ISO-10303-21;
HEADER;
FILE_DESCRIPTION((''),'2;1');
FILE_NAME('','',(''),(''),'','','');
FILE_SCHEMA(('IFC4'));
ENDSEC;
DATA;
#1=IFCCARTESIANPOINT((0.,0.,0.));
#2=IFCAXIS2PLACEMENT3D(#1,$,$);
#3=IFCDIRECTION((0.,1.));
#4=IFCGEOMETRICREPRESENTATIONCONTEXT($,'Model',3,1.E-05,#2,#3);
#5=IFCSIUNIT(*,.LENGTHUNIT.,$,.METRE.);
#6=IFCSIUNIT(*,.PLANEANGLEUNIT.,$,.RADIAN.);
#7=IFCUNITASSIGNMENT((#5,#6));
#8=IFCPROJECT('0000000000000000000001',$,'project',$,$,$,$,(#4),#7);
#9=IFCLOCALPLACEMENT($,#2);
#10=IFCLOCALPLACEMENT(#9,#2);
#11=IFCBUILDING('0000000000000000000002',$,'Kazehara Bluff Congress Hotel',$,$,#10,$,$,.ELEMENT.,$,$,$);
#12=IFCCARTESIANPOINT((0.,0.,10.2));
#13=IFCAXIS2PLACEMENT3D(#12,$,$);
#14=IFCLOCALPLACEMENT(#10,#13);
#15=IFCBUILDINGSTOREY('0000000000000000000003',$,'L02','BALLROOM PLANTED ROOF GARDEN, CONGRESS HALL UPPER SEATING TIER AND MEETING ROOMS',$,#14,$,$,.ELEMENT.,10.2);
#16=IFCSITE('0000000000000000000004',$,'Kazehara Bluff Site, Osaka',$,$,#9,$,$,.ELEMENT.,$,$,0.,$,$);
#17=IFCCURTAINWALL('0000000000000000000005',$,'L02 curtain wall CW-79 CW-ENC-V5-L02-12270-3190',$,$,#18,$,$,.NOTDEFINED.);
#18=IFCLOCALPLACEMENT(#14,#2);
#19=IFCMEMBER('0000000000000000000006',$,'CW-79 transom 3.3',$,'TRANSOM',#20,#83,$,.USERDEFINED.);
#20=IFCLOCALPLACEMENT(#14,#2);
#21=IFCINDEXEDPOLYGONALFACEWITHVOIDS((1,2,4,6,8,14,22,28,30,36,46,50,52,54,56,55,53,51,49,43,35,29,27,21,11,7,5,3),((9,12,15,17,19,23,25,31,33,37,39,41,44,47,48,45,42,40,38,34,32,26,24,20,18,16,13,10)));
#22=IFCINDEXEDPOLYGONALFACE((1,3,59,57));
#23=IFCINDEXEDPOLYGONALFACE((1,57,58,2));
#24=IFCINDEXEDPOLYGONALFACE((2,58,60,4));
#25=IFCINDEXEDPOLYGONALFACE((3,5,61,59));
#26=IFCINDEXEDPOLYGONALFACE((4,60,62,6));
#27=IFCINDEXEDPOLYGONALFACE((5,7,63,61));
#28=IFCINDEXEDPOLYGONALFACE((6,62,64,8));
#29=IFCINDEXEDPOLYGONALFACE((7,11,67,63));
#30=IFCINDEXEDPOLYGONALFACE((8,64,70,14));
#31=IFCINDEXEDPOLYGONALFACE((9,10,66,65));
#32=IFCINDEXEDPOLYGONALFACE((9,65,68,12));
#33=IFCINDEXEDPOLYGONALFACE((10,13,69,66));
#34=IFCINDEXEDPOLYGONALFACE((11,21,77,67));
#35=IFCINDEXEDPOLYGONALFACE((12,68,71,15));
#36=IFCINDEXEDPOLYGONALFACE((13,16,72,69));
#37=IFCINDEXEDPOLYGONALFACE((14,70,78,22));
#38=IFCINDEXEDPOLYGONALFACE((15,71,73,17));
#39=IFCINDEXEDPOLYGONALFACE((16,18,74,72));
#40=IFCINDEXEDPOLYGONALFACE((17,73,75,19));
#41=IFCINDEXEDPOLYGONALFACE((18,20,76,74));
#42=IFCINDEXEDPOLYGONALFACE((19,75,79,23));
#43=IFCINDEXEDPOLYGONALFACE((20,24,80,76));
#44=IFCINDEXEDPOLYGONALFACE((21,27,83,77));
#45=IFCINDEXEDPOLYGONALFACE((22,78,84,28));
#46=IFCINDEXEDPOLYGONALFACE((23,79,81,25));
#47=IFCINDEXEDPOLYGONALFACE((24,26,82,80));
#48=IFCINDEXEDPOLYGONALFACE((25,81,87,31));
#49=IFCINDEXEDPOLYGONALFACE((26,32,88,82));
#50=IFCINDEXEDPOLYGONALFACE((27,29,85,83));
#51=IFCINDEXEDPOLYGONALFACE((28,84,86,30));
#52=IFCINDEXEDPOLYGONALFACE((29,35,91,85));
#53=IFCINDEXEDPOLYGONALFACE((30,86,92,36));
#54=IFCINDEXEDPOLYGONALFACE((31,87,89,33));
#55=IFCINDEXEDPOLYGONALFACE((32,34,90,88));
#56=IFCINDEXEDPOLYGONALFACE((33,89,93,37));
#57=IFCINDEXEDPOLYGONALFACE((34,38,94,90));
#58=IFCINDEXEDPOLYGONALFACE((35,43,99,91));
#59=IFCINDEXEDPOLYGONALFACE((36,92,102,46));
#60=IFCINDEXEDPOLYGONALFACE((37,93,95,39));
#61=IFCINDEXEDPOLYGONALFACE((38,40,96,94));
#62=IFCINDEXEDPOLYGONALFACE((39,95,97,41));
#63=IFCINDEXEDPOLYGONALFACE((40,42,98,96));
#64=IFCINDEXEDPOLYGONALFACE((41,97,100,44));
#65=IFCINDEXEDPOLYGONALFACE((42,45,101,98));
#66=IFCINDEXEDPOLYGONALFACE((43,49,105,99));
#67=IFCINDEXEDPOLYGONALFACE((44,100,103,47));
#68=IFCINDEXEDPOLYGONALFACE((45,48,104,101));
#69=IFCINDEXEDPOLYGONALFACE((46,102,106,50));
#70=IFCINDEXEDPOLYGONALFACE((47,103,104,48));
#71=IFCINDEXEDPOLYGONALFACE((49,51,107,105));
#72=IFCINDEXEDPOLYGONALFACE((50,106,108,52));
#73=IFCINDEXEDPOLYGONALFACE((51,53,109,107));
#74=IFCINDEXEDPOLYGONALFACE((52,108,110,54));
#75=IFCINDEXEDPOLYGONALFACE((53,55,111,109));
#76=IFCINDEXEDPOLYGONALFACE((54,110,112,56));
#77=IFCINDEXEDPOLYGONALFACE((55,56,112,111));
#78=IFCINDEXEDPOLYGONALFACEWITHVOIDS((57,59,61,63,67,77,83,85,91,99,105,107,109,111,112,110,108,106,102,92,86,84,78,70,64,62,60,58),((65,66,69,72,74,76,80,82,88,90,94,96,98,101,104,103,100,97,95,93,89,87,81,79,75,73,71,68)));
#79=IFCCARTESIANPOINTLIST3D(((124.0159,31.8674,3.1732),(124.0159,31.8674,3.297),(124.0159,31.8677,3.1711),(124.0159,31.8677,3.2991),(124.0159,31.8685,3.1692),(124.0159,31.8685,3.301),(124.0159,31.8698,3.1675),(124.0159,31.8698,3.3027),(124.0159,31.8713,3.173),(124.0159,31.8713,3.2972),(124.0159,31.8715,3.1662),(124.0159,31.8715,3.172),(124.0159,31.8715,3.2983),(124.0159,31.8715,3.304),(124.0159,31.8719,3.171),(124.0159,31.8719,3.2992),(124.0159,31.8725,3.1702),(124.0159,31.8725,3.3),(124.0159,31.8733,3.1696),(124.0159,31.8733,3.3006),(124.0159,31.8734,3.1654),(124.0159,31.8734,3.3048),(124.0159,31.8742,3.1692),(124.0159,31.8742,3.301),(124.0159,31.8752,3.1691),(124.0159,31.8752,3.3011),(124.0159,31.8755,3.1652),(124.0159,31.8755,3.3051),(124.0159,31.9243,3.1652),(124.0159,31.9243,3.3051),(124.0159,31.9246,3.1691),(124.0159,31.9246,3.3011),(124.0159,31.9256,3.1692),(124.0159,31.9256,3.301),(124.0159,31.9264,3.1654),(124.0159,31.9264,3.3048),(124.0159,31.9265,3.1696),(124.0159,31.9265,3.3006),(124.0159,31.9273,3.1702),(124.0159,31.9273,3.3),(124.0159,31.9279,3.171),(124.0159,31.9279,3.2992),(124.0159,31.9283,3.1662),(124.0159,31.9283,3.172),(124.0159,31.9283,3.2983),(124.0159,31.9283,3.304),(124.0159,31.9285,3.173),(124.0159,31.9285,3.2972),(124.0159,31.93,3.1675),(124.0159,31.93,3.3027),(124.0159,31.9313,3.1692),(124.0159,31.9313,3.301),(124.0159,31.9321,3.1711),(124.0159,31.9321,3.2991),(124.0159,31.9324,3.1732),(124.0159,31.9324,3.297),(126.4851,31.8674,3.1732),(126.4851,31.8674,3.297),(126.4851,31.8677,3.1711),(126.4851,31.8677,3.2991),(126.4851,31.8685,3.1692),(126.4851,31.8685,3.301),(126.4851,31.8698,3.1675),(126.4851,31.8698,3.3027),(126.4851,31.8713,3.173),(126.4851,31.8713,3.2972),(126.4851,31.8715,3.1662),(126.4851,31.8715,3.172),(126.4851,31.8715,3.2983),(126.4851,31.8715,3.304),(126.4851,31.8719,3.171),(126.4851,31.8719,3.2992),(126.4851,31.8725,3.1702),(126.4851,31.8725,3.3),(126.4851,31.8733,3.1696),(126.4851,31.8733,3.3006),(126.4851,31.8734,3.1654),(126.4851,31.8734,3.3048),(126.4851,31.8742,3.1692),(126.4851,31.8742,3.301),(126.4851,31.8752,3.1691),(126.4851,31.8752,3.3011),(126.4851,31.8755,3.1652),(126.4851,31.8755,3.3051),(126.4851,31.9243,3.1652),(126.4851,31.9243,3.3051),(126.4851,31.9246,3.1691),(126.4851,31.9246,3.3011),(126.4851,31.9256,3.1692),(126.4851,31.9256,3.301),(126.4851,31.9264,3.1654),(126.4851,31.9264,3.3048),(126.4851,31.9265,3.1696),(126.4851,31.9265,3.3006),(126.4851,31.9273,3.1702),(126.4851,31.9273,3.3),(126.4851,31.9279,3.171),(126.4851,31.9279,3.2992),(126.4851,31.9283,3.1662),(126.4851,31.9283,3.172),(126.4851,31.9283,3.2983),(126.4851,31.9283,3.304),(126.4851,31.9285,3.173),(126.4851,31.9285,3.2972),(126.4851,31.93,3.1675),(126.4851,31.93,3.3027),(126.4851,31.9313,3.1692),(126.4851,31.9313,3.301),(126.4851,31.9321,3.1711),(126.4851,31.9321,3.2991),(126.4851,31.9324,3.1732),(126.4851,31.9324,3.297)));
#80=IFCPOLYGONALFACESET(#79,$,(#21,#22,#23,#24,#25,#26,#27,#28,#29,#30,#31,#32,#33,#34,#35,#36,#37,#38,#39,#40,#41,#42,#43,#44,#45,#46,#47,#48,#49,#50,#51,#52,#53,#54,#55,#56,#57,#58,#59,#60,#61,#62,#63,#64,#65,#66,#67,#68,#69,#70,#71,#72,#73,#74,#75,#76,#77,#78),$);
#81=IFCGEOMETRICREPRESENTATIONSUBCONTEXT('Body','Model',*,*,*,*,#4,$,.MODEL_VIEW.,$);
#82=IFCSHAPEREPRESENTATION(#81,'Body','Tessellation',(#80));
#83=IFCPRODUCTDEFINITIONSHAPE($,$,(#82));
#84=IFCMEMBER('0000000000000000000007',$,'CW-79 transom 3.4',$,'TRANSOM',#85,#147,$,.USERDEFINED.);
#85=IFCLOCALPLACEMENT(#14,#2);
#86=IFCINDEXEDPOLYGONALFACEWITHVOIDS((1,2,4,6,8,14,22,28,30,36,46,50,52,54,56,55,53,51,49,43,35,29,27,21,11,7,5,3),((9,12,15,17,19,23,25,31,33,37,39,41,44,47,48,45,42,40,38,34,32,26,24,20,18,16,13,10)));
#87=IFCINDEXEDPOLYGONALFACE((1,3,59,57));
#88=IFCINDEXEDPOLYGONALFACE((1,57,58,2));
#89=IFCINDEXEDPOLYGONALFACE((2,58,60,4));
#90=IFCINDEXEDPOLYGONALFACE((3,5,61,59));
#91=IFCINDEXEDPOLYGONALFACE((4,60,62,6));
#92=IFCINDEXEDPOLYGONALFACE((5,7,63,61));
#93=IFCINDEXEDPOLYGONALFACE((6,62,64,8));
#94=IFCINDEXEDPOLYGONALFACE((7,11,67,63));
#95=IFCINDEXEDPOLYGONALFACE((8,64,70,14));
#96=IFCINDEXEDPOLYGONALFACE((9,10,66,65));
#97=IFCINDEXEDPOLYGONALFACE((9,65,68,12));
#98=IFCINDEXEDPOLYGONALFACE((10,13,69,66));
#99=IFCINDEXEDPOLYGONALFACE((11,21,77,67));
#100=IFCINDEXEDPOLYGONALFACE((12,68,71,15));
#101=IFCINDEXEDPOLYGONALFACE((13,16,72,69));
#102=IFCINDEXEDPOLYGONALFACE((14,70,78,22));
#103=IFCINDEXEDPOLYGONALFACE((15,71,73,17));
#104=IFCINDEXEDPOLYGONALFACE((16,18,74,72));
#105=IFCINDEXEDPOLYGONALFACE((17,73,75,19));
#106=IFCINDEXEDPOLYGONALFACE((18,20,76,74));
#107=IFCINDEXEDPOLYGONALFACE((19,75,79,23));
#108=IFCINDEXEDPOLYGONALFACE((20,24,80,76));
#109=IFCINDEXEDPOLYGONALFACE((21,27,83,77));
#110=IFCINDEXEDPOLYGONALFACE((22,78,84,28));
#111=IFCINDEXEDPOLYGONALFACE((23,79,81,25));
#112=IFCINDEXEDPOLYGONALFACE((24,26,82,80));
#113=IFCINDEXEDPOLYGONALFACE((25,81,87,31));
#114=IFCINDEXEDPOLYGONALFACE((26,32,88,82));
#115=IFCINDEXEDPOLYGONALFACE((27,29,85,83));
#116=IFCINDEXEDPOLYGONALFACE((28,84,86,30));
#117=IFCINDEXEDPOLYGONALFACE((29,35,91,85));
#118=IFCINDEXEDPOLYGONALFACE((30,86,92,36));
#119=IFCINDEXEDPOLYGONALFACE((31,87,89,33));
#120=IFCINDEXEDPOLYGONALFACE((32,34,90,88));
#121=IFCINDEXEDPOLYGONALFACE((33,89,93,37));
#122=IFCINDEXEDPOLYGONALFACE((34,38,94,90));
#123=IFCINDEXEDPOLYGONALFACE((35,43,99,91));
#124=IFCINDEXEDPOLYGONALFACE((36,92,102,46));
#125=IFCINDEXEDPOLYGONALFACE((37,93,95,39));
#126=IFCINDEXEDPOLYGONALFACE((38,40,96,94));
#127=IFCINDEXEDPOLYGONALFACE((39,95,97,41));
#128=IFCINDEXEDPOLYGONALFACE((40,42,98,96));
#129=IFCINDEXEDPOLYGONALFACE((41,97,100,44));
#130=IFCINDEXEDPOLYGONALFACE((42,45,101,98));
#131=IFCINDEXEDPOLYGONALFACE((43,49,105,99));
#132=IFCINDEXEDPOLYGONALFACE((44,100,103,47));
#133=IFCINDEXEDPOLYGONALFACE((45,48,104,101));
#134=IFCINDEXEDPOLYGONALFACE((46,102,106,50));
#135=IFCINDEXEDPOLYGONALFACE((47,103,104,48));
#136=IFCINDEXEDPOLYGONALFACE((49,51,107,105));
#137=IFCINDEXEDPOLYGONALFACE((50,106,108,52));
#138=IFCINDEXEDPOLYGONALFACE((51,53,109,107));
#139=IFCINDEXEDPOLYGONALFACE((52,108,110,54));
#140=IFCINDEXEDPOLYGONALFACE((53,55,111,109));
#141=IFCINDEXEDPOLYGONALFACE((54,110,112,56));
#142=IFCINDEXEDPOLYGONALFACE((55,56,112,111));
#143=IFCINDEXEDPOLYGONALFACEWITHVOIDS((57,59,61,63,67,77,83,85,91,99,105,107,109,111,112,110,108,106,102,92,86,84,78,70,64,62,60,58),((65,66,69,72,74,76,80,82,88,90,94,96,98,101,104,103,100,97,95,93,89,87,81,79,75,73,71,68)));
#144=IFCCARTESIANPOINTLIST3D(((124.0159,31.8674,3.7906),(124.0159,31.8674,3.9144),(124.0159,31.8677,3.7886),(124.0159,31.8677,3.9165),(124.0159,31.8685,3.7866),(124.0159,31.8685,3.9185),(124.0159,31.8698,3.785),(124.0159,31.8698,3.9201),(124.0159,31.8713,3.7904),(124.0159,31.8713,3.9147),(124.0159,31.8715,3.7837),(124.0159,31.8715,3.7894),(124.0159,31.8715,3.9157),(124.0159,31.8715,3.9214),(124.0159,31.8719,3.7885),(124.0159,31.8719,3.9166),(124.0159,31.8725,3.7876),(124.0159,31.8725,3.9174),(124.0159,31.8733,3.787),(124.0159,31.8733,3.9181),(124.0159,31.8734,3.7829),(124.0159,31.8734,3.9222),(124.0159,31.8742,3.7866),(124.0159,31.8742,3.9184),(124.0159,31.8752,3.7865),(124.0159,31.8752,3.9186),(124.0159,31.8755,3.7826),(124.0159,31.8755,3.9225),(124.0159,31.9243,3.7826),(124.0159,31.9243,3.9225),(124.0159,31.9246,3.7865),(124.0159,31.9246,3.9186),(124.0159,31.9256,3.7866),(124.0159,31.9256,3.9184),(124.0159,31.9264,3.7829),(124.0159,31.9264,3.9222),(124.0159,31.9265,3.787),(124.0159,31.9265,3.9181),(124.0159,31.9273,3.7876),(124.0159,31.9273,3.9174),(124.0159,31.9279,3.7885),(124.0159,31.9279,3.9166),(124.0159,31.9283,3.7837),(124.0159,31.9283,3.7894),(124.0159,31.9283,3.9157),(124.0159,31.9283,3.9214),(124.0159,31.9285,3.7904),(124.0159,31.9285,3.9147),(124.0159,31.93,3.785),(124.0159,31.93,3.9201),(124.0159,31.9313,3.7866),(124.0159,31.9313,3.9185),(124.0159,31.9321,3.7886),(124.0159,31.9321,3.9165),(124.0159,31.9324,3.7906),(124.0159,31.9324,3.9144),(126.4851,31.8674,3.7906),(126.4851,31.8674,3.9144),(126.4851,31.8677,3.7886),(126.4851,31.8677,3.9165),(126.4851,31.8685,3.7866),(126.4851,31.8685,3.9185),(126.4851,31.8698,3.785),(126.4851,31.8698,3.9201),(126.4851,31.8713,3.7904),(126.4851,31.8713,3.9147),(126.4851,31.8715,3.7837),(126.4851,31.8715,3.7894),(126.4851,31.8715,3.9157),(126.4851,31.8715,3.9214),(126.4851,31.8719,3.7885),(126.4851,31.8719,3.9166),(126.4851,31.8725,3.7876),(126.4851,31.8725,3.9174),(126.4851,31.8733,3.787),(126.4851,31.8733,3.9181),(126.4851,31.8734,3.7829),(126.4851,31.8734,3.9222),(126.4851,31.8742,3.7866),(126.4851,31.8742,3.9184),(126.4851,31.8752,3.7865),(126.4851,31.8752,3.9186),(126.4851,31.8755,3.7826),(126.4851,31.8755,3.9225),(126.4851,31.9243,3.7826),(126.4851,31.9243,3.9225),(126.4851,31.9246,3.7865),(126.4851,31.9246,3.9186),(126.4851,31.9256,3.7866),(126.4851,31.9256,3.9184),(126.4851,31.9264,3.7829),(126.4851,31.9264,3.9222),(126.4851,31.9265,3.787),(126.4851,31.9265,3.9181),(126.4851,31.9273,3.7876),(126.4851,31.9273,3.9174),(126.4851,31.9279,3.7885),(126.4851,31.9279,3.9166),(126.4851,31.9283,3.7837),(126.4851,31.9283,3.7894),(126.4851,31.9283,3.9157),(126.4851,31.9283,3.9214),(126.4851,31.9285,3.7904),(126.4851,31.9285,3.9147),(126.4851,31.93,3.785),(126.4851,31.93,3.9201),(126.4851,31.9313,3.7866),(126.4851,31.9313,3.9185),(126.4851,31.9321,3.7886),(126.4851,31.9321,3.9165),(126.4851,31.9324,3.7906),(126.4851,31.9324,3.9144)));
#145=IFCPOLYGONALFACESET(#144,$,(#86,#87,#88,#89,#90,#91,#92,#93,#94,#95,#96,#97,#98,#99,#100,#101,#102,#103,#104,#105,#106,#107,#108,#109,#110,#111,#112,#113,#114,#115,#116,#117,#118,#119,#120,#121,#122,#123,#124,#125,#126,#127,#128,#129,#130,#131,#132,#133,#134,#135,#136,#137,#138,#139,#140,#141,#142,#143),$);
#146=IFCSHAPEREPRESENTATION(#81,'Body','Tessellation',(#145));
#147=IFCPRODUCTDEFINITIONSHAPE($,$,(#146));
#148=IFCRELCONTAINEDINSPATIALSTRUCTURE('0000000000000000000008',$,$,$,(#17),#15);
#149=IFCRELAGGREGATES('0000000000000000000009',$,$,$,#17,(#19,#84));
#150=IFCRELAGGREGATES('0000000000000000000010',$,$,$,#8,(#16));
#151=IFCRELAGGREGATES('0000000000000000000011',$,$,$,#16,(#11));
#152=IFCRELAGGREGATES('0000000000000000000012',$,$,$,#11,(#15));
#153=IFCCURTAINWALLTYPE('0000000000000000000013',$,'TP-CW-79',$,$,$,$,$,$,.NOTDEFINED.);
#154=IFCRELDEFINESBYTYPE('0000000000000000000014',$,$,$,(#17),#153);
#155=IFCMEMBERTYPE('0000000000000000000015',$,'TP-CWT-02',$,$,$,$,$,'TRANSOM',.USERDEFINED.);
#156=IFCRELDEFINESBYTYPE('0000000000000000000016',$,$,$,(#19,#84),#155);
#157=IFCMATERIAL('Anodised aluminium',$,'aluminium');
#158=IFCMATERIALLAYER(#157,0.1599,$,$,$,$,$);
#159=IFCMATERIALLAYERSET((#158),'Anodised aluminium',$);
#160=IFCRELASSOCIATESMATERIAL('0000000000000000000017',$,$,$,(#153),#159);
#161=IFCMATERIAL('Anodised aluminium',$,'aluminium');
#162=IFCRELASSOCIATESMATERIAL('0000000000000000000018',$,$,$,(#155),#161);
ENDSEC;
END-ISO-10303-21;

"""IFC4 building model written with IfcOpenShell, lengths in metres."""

from ifc_helpers import new_model, si_unit, direction, frame, origin, origin_2d, place, context, subcontext, project, spatial, hollow_rectangle, extrude, material, layer, layer_set, material_profile, profile_set, type_object, element, aggregate, save


model = new_model("IFC4")

# Units and contexts
model_context = context("Model", 3, precision=1e-05, world=origin(), true_north=direction((0.0, 1.0)))
body_context = subcontext(model_context, "Body", "Model", "MODEL_VIEW")
ifc_project = project(units=[si_unit("LENGTHUNIT", "METRE"), si_unit("PLANEANGLEUNIT", "RADIAN")], contexts=[model_context])

# Site, building, storey
site_placement = place(None, origin())
site = spatial("IfcSite", under=ifc_project, at=site_placement, Name="Kazehara Bluff Site, Osaka", CompositionType="ELEMENT", RefElevation=0.0)
building_placement = place(site_placement, origin())
building = spatial("IfcBuilding", under=site, at=building_placement, Name="Kazehara Bluff Congress Hotel", CompositionType="ELEMENT")
storey_placement = place(building_placement, frame((0.0, 0.0, 10.2)))
storey = spatial("IfcBuildingStorey", under=building, at=storey_placement, Name="L02", Description="BALLROOM PLANTED ROOF GARDEN, CONGRESS HALL UPPER SEATING TIER AND MEETING ROOMS", CompositionType="ELEMENT", Elevation=10.2)

# Curtain wall
ifc_material_1 = material(Name="Anodised aluminium", Category="aluminium")
ifc_layer_1 = layer(ifc_material_1, 0.1599)
ifc_layer_set_1 = layer_set([ifc_layer_1], Name="Anodised aluminium")
curtain_wall_type_1 = type_object("IfcCurtainWallType", Name="TP-CW-79", PredefinedType="NOTDEFINED", material=ifc_layer_set_1)
curtain_wall_1_placement = place(storey_placement, origin())
curtain_wall_1 = element("IfcCurtainWall", 1, at=curtain_wall_1_placement, inside=storey, type_object=curtain_wall_type_1, Name="L02 curtain wall CW-79 CW-ENC-V5-L02-12270-3190", PredefinedType="NOTDEFINED")

# Shared definitions
ifc_material_2 = material(Name="Anodised aluminium", Category="aluminium")
ifc_material_profile_1 = material_profile(ifc_material_2, hollow_rectangle(XDim=0.0649, YDim=0.1399, WallThickness=0.0039, InnerFilletRadius=0.0039, OuterFilletRadius=0.0081, at=origin_2d()))
ifc_profile_set_1 = profile_set([ifc_material_profile_1], Name="Anodised aluminium")
member_type_1 = type_object("IfcMemberType", Name="TP-CWT-02", ElementType="TRANSOM", PredefinedType="USERDEFINED", material=ifc_profile_set_1)

# Members
member_1_placement = place(storey_placement, frame((124.0159, 31.8999, 3.2351), z_axis=(1.0, 0.0, 0.0), x_axis=(0.0, 1.0, 0.0)))
member_1 = element("IfcMember", 2, at=member_1_placement, type_object=member_type_1, Name="CW-79 transom 3.3", ObjectType="TRANSOM", PredefinedType="USERDEFINED", context=body_context, shape_type="SweptSolid", body=[
    extrude(hollow_rectangle(XDim=0.0649, YDim=0.1399, WallThickness=0.0039, InnerFilletRadius=0.0039, OuterFilletRadius=0.0081, at=origin_2d()), origin(), (0.0, 0.0, 1.0), 2.4692),
])
member_2_placement = place(storey_placement, frame((124.0159, 31.8999, 3.8525), z_axis=(1.0, 0.0, 0.0), x_axis=(0.0, 1.0, 0.0)))
member_2 = element("IfcMember", 3, at=member_2_placement, type_object=member_type_1, Name="CW-79 transom 3.4", ObjectType="TRANSOM", PredefinedType="USERDEFINED", context=body_context, shape_type="SweptSolid", body=[
    extrude(hollow_rectangle(XDim=0.0649, YDim=0.1399, WallThickness=0.0039, InnerFilletRadius=0.0039, OuterFilletRadius=0.0081, at=origin_2d()), origin(), (0.0, 0.0, 1.0), 2.4692),
])

aggregate(curtain_wall_1, [member_1, member_2])

save(model, "model.ifc")
